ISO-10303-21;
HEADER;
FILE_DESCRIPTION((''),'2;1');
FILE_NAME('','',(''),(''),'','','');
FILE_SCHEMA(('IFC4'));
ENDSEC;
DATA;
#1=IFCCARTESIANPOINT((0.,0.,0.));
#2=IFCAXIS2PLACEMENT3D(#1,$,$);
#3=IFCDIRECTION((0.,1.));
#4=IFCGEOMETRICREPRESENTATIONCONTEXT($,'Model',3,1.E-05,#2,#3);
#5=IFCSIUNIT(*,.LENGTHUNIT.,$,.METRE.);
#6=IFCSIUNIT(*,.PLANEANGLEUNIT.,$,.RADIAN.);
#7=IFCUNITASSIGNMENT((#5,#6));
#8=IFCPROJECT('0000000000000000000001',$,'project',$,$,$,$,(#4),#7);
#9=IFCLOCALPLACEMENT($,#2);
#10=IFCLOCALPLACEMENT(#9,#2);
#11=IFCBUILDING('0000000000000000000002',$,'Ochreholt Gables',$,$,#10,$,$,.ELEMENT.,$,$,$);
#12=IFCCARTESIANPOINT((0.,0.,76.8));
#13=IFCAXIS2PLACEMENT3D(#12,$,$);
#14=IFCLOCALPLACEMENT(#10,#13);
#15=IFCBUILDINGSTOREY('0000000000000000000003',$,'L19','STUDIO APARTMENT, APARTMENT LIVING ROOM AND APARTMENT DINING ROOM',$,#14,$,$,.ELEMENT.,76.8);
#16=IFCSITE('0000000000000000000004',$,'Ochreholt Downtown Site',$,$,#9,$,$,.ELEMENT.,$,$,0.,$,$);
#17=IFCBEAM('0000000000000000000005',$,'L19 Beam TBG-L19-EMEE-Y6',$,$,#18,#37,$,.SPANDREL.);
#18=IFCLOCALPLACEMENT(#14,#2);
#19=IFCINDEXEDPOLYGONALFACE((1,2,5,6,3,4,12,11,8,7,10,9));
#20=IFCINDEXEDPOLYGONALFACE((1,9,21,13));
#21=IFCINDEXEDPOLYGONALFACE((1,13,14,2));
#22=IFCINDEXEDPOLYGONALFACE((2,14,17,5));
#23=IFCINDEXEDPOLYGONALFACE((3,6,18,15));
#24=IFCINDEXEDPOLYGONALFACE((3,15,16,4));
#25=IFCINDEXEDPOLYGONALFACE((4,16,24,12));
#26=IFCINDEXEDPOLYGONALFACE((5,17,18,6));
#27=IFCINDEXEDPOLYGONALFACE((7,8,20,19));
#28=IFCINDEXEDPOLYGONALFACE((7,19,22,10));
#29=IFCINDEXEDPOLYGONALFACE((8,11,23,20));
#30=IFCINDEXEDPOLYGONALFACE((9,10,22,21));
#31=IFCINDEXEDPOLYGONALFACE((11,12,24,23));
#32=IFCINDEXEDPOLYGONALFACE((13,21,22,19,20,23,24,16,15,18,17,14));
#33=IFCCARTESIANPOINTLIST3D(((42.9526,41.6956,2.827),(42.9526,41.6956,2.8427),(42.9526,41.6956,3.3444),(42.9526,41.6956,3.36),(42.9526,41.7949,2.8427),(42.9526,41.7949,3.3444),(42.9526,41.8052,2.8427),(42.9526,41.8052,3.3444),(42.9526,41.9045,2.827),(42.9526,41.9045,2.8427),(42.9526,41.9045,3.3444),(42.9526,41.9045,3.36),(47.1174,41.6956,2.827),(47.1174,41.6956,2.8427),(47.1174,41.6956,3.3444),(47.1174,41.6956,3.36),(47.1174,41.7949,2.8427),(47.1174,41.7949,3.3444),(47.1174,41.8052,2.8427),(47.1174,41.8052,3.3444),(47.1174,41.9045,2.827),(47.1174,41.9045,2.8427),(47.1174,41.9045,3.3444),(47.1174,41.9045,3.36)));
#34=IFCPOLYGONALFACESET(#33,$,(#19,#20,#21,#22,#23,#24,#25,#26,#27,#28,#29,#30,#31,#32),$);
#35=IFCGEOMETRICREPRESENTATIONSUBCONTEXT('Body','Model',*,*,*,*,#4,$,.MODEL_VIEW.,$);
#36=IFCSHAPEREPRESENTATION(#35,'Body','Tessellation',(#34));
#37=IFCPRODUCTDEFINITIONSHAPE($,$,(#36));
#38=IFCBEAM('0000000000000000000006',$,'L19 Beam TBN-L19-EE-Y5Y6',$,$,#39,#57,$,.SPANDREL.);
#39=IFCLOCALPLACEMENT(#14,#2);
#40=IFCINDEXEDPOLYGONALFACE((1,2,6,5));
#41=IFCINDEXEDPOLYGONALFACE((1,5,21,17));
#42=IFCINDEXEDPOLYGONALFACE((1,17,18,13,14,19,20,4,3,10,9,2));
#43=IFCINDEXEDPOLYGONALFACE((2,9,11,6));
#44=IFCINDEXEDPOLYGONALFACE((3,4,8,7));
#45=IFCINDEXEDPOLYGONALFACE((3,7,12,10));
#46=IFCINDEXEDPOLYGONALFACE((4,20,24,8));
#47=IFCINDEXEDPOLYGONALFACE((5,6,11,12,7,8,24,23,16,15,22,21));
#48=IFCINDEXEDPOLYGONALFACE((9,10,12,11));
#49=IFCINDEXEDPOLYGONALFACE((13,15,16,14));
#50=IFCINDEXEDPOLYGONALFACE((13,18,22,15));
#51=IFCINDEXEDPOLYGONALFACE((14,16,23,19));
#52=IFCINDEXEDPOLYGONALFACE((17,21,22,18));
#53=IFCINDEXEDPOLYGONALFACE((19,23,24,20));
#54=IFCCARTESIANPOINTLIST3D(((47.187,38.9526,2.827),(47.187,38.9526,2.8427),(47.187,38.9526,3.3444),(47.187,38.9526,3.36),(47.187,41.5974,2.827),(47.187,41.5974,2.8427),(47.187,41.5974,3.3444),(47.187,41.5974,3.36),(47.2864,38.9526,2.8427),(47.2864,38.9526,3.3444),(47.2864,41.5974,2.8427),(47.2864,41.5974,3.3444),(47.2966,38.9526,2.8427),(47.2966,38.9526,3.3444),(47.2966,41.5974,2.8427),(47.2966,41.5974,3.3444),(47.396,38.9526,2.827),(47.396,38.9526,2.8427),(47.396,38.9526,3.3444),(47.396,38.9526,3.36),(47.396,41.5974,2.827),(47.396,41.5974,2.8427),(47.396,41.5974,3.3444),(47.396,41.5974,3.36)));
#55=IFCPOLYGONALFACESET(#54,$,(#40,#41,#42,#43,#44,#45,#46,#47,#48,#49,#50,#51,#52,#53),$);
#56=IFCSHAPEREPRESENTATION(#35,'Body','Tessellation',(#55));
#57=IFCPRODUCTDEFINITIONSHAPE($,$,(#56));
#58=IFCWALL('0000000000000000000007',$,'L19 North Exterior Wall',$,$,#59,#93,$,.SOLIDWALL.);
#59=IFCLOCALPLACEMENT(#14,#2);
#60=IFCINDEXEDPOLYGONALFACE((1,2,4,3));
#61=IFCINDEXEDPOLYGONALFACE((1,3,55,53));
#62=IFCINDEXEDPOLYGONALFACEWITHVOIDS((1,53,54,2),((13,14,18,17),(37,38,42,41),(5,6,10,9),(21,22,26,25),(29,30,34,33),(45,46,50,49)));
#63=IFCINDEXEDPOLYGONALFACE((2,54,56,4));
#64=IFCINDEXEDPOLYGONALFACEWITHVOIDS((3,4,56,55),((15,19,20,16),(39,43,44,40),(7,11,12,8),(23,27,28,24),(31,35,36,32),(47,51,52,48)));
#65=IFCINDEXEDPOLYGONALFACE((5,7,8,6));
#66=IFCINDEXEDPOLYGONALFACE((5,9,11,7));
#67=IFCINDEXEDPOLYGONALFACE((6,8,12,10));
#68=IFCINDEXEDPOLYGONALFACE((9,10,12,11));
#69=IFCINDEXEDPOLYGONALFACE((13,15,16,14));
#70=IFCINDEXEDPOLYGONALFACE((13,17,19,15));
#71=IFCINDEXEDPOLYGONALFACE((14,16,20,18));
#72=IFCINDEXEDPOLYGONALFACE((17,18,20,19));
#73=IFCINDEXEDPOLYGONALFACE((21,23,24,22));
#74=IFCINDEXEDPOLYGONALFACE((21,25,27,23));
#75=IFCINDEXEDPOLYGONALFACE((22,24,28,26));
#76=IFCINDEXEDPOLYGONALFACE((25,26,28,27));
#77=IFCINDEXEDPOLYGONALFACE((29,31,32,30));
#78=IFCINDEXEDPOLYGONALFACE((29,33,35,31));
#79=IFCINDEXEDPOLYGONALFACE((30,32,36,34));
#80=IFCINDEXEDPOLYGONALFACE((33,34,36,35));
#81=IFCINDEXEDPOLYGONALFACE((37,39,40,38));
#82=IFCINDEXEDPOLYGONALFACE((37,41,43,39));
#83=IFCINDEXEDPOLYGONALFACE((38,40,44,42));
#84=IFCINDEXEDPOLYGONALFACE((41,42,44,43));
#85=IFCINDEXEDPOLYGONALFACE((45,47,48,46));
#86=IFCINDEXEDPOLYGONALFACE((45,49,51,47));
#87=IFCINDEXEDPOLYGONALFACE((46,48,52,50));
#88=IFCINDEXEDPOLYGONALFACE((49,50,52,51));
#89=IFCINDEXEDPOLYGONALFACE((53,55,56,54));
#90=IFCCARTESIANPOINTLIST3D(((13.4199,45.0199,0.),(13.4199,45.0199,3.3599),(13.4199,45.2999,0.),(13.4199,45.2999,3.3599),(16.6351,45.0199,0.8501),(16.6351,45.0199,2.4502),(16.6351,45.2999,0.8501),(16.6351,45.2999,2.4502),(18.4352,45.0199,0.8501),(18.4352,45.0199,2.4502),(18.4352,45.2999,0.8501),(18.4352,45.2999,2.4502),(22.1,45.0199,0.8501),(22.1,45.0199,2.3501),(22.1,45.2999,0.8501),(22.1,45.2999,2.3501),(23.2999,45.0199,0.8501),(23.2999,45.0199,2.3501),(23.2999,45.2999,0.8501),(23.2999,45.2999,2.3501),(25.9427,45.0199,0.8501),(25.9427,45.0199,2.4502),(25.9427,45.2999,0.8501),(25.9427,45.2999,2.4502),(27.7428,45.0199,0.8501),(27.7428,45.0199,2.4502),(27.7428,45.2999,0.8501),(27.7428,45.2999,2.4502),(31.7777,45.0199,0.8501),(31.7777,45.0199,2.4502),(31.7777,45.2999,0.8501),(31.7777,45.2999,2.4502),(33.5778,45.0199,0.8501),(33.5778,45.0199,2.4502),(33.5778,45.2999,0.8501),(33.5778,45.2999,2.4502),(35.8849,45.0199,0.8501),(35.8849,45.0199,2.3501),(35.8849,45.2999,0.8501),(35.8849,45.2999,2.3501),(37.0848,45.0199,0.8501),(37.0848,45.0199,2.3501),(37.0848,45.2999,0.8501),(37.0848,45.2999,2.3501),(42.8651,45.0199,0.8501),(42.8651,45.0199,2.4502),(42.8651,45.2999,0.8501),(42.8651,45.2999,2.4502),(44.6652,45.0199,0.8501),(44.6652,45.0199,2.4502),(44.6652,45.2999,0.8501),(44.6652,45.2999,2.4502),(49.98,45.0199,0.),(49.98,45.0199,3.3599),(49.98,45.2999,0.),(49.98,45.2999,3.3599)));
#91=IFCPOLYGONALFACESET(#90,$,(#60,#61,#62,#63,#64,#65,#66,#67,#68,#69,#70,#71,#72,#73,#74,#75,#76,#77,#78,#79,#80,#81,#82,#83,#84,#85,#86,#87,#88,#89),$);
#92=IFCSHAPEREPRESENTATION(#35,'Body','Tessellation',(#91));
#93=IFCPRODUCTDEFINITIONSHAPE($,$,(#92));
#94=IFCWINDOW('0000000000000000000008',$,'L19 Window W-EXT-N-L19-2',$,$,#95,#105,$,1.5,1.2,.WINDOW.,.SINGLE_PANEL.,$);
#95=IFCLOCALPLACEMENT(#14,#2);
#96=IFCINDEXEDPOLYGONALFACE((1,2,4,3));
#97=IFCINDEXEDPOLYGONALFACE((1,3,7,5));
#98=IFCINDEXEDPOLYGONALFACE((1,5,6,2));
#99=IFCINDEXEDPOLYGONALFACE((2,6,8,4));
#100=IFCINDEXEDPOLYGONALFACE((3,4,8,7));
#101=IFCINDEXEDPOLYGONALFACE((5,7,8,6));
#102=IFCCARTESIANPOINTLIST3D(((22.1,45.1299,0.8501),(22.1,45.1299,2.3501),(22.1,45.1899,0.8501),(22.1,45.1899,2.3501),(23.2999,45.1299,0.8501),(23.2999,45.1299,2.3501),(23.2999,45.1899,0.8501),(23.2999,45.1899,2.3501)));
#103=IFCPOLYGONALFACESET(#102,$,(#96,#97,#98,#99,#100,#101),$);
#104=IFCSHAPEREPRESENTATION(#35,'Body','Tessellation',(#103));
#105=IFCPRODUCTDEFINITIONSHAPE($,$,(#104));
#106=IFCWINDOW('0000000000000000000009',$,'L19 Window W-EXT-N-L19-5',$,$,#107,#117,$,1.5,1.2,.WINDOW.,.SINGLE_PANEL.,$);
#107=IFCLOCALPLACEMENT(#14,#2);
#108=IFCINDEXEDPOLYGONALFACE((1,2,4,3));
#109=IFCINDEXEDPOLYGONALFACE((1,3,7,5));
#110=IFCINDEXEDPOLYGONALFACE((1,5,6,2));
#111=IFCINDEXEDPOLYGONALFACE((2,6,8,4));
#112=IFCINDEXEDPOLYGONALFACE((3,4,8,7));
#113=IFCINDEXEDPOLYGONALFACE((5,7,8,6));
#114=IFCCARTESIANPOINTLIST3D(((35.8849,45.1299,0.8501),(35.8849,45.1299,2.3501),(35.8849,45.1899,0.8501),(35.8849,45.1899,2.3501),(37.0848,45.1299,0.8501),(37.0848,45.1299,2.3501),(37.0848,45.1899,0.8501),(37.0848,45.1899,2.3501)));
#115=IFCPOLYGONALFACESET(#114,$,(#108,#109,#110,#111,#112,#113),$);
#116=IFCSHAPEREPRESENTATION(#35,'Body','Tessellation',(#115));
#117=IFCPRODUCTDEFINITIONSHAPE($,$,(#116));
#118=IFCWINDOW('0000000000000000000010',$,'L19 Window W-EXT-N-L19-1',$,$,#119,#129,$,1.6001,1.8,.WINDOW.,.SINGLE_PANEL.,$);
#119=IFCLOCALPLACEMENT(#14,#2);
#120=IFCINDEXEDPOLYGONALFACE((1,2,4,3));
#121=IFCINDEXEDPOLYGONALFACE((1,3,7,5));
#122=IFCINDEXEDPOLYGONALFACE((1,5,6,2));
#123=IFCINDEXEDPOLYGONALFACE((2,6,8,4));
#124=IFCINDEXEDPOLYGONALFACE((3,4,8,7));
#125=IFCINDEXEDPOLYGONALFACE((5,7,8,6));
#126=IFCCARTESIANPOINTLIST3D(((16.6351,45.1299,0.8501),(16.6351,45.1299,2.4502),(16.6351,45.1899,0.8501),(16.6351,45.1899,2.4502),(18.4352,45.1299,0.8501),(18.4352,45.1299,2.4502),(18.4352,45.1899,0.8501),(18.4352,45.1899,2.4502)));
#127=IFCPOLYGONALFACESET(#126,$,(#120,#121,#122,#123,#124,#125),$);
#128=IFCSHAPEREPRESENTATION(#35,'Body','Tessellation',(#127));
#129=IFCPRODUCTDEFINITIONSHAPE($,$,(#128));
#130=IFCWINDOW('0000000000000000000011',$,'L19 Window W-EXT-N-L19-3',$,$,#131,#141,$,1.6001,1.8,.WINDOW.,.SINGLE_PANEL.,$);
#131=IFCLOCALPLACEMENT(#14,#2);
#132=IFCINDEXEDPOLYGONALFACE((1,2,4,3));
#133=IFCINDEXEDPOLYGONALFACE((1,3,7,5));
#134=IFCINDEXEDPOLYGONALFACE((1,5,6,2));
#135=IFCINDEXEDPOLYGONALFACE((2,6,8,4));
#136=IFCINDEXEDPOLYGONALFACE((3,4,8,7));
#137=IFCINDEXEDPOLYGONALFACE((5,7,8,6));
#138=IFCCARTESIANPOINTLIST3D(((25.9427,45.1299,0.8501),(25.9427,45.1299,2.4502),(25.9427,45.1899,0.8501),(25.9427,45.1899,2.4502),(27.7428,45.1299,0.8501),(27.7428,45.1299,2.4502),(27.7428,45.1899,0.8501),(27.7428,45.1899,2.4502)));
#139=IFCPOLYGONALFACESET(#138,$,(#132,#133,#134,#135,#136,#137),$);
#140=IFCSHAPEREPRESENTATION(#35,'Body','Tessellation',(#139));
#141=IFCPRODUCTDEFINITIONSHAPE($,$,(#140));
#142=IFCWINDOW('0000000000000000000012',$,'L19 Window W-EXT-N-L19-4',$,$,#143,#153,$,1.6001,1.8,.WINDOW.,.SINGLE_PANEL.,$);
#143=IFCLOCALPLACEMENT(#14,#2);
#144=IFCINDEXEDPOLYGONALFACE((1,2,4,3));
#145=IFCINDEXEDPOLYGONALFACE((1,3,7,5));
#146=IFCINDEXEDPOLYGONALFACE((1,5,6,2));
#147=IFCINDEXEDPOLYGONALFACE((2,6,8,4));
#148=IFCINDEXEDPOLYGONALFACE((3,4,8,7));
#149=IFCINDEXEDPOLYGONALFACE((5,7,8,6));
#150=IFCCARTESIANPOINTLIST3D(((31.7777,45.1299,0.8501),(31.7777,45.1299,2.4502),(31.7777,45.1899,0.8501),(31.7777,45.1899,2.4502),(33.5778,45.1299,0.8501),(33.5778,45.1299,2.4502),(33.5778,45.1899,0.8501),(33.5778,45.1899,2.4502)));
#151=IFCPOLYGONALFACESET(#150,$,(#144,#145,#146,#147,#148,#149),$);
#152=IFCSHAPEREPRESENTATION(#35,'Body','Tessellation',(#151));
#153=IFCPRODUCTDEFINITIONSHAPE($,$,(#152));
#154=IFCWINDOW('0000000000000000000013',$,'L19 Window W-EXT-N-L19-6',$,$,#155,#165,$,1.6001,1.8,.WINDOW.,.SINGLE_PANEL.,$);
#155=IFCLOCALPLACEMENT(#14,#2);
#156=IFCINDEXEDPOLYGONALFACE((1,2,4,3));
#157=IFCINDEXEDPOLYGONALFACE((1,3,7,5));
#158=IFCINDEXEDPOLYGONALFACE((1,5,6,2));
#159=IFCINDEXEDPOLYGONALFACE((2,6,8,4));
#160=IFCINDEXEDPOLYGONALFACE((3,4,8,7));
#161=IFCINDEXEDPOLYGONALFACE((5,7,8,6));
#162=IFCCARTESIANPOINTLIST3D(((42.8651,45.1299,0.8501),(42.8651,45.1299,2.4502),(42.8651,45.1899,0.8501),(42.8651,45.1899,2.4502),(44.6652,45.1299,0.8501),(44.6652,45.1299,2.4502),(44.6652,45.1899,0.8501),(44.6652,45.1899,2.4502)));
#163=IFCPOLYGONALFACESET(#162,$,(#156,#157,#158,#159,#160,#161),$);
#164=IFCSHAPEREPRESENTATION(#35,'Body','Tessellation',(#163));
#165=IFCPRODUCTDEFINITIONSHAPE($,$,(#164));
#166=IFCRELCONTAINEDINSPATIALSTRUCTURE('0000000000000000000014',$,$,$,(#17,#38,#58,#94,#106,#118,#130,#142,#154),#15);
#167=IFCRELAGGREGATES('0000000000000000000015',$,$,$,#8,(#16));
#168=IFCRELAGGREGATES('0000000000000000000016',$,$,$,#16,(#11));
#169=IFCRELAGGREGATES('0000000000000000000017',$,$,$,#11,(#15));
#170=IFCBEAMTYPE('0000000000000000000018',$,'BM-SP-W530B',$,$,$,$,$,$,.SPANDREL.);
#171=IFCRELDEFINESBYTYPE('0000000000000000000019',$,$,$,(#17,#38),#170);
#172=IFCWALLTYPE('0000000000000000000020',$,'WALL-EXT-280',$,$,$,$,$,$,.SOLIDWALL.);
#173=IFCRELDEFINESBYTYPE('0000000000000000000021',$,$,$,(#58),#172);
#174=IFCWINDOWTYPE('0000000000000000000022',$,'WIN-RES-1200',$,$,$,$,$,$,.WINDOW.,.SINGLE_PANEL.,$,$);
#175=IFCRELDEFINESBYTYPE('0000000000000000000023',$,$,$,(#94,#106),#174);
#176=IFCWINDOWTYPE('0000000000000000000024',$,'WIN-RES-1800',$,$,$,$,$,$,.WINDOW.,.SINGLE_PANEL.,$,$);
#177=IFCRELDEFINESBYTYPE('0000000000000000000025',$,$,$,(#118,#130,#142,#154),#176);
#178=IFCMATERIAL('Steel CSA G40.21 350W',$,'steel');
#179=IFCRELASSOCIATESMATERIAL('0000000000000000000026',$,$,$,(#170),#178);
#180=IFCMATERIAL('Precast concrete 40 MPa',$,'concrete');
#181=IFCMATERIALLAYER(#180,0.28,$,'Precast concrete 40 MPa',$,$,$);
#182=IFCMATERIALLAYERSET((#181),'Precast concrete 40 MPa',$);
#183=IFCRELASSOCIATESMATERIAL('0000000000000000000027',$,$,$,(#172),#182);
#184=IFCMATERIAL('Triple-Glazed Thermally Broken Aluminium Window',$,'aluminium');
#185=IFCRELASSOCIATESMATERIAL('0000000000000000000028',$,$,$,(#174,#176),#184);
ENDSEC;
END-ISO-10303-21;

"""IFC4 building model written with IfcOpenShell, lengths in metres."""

from ifc_helpers import new_model, si_unit, direction, frame, frame_2d, origin, origin_2d, place, context, subcontext, project, spatial, rectangle, i_section, extrude, material, layer, layer_set, material_profile, profile_set, type_object, element, fill, save


model = new_model("IFC4")

# Units and contexts
model_context = context("Model", 3, precision=1e-05, world=origin(), true_north=direction((0.0, 1.0)))
body_context = subcontext(model_context, "Body", "Model", "MODEL_VIEW")
ifc_project = project(units=[si_unit("LENGTHUNIT", "METRE"), si_unit("PLANEANGLEUNIT", "RADIAN")], contexts=[model_context])

# Site, building, storey
site_placement = place(None, origin())
site = spatial("IfcSite", under=ifc_project, at=site_placement, Name="Ochreholt Downtown Site", CompositionType="ELEMENT", RefElevation=0.0)
building_placement = place(site_placement, origin())
building = spatial("IfcBuilding", under=site, at=building_placement, Name="Ochreholt Gables", CompositionType="ELEMENT")
storey_placement = place(building_placement, frame((0.0, 0.0, 76.8)))
storey = spatial("IfcBuildingStorey", under=building, at=storey_placement, Name="L19", Description="STUDIO APARTMENT, APARTMENT LIVING ROOM AND APARTMENT DINING ROOM", CompositionType="ELEMENT", Elevation=76.8)

# Shared definitions
ifc_material_1 = material(Name="Steel CSA G40.21 350W", Category="steel")

# Beams
ifc_material_profile_1 = material_profile(ifc_material_1, i_section(OverallWidth=0.209, OverallDepth=0.533, WebThickness=0.0103, FlangeThickness=0.0156, at=origin_2d()), Name="W530X92")
ifc_profile_set_1 = profile_set([ifc_material_profile_1], Name="Steel CSA G40.21 350W")
beam_type_1 = type_object("IfcBeamType", Name="BM-SP-W530B", PredefinedType="SPANDREL", material=ifc_profile_set_1)
beam_1_placement = place(storey_placement, frame((42.9526, 41.8, 3.0935), z_axis=(1.0, 0.0, 0.0), x_axis=(0.0, 1.0, 0.0)))
element("IfcBeam", 1, at=beam_1_placement, inside=storey, type_object=beam_type_1, Name="L19 Beam TBG-L19-EMEE-Y6", PredefinedType="SPANDREL", context=body_context, shape_type="SweptSolid", body=[
    extrude(i_section(OverallWidth=0.209, OverallDepth=0.533, WebThickness=0.0103, FlangeThickness=0.0156, at=origin_2d()), origin(), (0.0, 0.0, 1.0), 4.1648),
])
beam_2_placement = place(storey_placement, frame((47.2915, 38.9526, 3.0935), z_axis=(0.0, 1.0, 0.0), x_axis=(-1.0, 0.0, 0.0)))
element("IfcBeam", 2, at=beam_2_placement, inside=storey, type_object=beam_type_1, Name="L19 Beam TBN-L19-EE-Y5Y6", PredefinedType="SPANDREL", context=body_context, shape_type="SweptSolid", body=[
    extrude(i_section(OverallWidth=0.209, OverallDepth=0.533, WebThickness=0.0103, FlangeThickness=0.0156, at=origin_2d()), origin(), (0.0, 0.0, 1.0), 2.6448),
])

# Wall, openings, windows
ifc_material_2 = material(Name="Precast concrete 40 MPa", Category="concrete")
ifc_layer_1 = layer(ifc_material_2, 0.28, Name="Precast concrete 40 MPa")
ifc_layer_set_1 = layer_set([ifc_layer_1], Name="Precast concrete 40 MPa")
wall_type_1 = type_object("IfcWallType", Name="WALL-EXT-280", PredefinedType="SOLIDWALL", material=ifc_layer_set_1)
wall_1_placement = place(storey_placement, frame((49.98, 45.1599, 0.0), z_axis=(0.0, 0.0, 1.0), x_axis=(-1.0, 0.0, 0.0)))
wall_1 = element("IfcWall", 3, at=wall_1_placement, inside=storey, type_object=wall_type_1, Name="L19 North Exterior Wall", PredefinedType="SOLIDWALL", context=body_context, shape_type="SweptSolid", body=[
    extrude(rectangle(XDim=36.5601, YDim=0.28, at=frame_2d((18.28, 0.0))), origin(), (0.0, 0.0, 1.0), 3.3599),
])
opening_1_placement = place(wall_1_placement, frame((31.5449, 0.0, 0.8501)))
opening_1 = element("IfcOpeningElement", 4, at=opening_1_placement, cuts=wall_1, PredefinedType="OPENING", context=body_context, shape_type="SweptSolid", body=[
    extrude(rectangle(XDim=1.8, YDim=1.6001, at=frame_2d((0.8999, 0.8))), frame((0.0, 0.1499, 0.0), z_axis=(0.0, -1.0, 0.0), x_axis=(1.0, 0.0, 0.0)), (0.0, 0.0, 1.0), 0.3),
])
opening_2_placement = place(wall_1_placement, frame((26.6799, 0.0, 0.8501)))
opening_2 = element("IfcOpeningElement", 5, at=opening_2_placement, cuts=wall_1, PredefinedType="OPENING", context=body_context, shape_type="SweptSolid", body=[
    extrude(rectangle(XDim=1.2, YDim=1.5, at=frame_2d((0.6001, 0.75))), frame((0.0, 0.1499, 0.0), z_axis=(0.0, -1.0, 0.0), x_axis=(1.0, 0.0, 0.0)), (0.0, 0.0, 1.0), 0.3),
])
opening_3_placement = place(wall_1_placement, frame((22.2373, 0.0, 0.8501)))
opening_3 = element("IfcOpeningElement", 6, at=opening_3_placement, cuts=wall_1, PredefinedType="OPENING", context=body_context, shape_type="SweptSolid", body=[
    extrude(rectangle(XDim=1.8, YDim=1.6001, at=frame_2d((0.8999, 0.8))), frame((0.0, 0.1499, 0.0), z_axis=(0.0, -1.0, 0.0), x_axis=(1.0, 0.0, 0.0)), (0.0, 0.0, 1.0), 0.3),
])
opening_4_placement = place(wall_1_placement, frame((16.4023, 0.0, 0.8501)))
opening_4 = element("IfcOpeningElement", 7, at=opening_4_placement, cuts=wall_1, PredefinedType="OPENING", context=body_context, shape_type="SweptSolid", body=[
    extrude(rectangle(XDim=1.8, YDim=1.6001, at=frame_2d((0.8999, 0.8))), frame((0.0, 0.1499, 0.0), z_axis=(0.0, -1.0, 0.0), x_axis=(1.0, 0.0, 0.0)), (0.0, 0.0, 1.0), 0.3),
])
opening_5_placement = place(wall_1_placement, frame((12.895, 0.0, 0.8501)))
opening_5 = element("IfcOpeningElement", 8, at=opening_5_placement, cuts=wall_1, PredefinedType="OPENING", context=body_context, shape_type="SweptSolid", body=[
    extrude(rectangle(XDim=1.2, YDim=1.5, at=frame_2d((0.6001, 0.75))), frame((0.0, 0.1499, 0.0), z_axis=(0.0, -1.0, 0.0), x_axis=(1.0, 0.0, 0.0)), (0.0, 0.0, 1.0), 0.3),
])
opening_6_placement = place(wall_1_placement, frame((5.3149, 0.0, 0.8501)))
opening_6 = element("IfcOpeningElement", 9, at=opening_6_placement, cuts=wall_1, PredefinedType="OPENING", context=body_context, shape_type="SweptSolid", body=[
    extrude(rectangle(XDim=1.8, YDim=1.6001, at=frame_2d((0.8999, 0.8))), frame((0.0, 0.1499, 0.0), z_axis=(0.0, -1.0, 0.0), x_axis=(1.0, 0.0, 0.0)), (0.0, 0.0, 1.0), 0.3),
])
ifc_material_3 = material(Name="Triple-Glazed Thermally Broken Aluminium Window", Category="aluminium")
window_type_1 = type_object("IfcWindowType", Name="WIN-RES-1200", PartitioningType="SINGLE_PANEL", PredefinedType="WINDOW", material=ifc_material_3)
window_1_placement = place(opening_2_placement, origin())
window_1 = element("IfcWindow", 10, at=window_1_placement, inside=storey, type_object=window_type_1, Name="L19 Window W-EXT-N-L19-2", OverallHeight=1.5, OverallWidth=1.2, PartitioningType="SINGLE_PANEL", PredefinedType="WINDOW", context=body_context, shape_type="SweptSolid", body=[
    extrude(rectangle(XDim=1.2, YDim=1.5, at=frame_2d((0.6001, 0.75))), frame((0.0, 0.03, 0.0), z_axis=(0.0, -1.0, 0.0), x_axis=(1.0, 0.0, 0.0)), (0.0, 0.0, 1.0), 0.0601),
])
fill(opening_2, window_1)
window_2_placement = place(opening_5_placement, origin())
window_2 = element("IfcWindow", 11, at=window_2_placement, inside=storey, type_object=window_type_1, Name="L19 Window W-EXT-N-L19-5", OverallHeight=1.5, OverallWidth=1.2, PartitioningType="SINGLE_PANEL", PredefinedType="WINDOW", context=body_context, shape_type="SweptSolid", body=[
    extrude(rectangle(XDim=1.2, YDim=1.5, at=frame_2d((0.6001, 0.75))), frame((0.0, 0.03, 0.0), z_axis=(0.0, -1.0, 0.0), x_axis=(1.0, 0.0, 0.0)), (0.0, 0.0, 1.0), 0.0601),
])
fill(opening_5, window_2)
window_type_2 = type_object("IfcWindowType", Name="WIN-RES-1800", PartitioningType="SINGLE_PANEL", PredefinedType="WINDOW", material=ifc_material_3)
window_3_placement = place(opening_1_placement, origin())
window_3 = element("IfcWindow", 12, at=window_3_placement, inside=storey, type_object=window_type_2, Name="L19 Window W-EXT-N-L19-1", OverallHeight=1.6001, OverallWidth=1.8, PartitioningType="SINGLE_PANEL", PredefinedType="WINDOW", context=body_context, shape_type="SweptSolid", body=[
    extrude(rectangle(XDim=1.8, YDim=1.6001, at=frame_2d((0.8999, 0.8))), frame((0.0, 0.03, 0.0), z_axis=(0.0, -1.0, 0.0), x_axis=(1.0, 0.0, 0.0)), (0.0, 0.0, 1.0), 0.0601),
])
fill(opening_1, window_3)
window_4_placement = place(opening_3_placement, origin())
window_4 = element("IfcWindow", 13, at=window_4_placement, inside=storey, type_object=window_type_2, Name="L19 Window W-EXT-N-L19-3", OverallHeight=1.6001, OverallWidth=1.8, PartitioningType="SINGLE_PANEL", PredefinedType="WINDOW", context=body_context, shape_type="SweptSolid", body=[
    extrude(rectangle(XDim=1.8, YDim=1.6001, at=frame_2d((0.8999, 0.8))), frame((0.0, 0.03, 0.0), z_axis=(0.0, -1.0, 0.0), x_axis=(1.0, 0.0, 0.0)), (0.0, 0.0, 1.0), 0.0601),
])
fill(opening_3, window_4)
window_5_placement = place(opening_4_placement, origin())
window_5 = element("IfcWindow", 14, at=window_5_placement, inside=storey, type_object=window_type_2, Name="L19 Window W-EXT-N-L19-4", OverallHeight=1.6001, OverallWidth=1.8, PartitioningType="SINGLE_PANEL", PredefinedType="WINDOW", context=body_context, shape_type="SweptSolid", body=[
    extrude(rectangle(XDim=1.8, YDim=1.6001, at=frame_2d((0.8999, 0.8))), frame((0.0, 0.03, 0.0), z_axis=(0.0, -1.0, 0.0), x_axis=(1.0, 0.0, 0.0)), (0.0, 0.0, 1.0), 0.0601),
])
fill(opening_4, window_5)
window_6_placement = place(opening_6_placement, origin())
window_6 = element("IfcWindow", 15, at=window_6_placement, inside=storey, type_object=window_type_2, Name="L19 Window W-EXT-N-L19-6", OverallHeight=1.6001, OverallWidth=1.8, PartitioningType="SINGLE_PANEL", PredefinedType="WINDOW", context=body_context, shape_type="SweptSolid", body=[
    extrude(rectangle(XDim=1.8, YDim=1.6001, at=frame_2d((0.8999, 0.8))), frame((0.0, 0.03, 0.0), z_axis=(0.0, -1.0, 0.0), x_axis=(1.0, 0.0, 0.0)), (0.0, 0.0, 1.0), 0.0601),
])
fill(opening_6, window_6)

save(model, "model.ifc")
